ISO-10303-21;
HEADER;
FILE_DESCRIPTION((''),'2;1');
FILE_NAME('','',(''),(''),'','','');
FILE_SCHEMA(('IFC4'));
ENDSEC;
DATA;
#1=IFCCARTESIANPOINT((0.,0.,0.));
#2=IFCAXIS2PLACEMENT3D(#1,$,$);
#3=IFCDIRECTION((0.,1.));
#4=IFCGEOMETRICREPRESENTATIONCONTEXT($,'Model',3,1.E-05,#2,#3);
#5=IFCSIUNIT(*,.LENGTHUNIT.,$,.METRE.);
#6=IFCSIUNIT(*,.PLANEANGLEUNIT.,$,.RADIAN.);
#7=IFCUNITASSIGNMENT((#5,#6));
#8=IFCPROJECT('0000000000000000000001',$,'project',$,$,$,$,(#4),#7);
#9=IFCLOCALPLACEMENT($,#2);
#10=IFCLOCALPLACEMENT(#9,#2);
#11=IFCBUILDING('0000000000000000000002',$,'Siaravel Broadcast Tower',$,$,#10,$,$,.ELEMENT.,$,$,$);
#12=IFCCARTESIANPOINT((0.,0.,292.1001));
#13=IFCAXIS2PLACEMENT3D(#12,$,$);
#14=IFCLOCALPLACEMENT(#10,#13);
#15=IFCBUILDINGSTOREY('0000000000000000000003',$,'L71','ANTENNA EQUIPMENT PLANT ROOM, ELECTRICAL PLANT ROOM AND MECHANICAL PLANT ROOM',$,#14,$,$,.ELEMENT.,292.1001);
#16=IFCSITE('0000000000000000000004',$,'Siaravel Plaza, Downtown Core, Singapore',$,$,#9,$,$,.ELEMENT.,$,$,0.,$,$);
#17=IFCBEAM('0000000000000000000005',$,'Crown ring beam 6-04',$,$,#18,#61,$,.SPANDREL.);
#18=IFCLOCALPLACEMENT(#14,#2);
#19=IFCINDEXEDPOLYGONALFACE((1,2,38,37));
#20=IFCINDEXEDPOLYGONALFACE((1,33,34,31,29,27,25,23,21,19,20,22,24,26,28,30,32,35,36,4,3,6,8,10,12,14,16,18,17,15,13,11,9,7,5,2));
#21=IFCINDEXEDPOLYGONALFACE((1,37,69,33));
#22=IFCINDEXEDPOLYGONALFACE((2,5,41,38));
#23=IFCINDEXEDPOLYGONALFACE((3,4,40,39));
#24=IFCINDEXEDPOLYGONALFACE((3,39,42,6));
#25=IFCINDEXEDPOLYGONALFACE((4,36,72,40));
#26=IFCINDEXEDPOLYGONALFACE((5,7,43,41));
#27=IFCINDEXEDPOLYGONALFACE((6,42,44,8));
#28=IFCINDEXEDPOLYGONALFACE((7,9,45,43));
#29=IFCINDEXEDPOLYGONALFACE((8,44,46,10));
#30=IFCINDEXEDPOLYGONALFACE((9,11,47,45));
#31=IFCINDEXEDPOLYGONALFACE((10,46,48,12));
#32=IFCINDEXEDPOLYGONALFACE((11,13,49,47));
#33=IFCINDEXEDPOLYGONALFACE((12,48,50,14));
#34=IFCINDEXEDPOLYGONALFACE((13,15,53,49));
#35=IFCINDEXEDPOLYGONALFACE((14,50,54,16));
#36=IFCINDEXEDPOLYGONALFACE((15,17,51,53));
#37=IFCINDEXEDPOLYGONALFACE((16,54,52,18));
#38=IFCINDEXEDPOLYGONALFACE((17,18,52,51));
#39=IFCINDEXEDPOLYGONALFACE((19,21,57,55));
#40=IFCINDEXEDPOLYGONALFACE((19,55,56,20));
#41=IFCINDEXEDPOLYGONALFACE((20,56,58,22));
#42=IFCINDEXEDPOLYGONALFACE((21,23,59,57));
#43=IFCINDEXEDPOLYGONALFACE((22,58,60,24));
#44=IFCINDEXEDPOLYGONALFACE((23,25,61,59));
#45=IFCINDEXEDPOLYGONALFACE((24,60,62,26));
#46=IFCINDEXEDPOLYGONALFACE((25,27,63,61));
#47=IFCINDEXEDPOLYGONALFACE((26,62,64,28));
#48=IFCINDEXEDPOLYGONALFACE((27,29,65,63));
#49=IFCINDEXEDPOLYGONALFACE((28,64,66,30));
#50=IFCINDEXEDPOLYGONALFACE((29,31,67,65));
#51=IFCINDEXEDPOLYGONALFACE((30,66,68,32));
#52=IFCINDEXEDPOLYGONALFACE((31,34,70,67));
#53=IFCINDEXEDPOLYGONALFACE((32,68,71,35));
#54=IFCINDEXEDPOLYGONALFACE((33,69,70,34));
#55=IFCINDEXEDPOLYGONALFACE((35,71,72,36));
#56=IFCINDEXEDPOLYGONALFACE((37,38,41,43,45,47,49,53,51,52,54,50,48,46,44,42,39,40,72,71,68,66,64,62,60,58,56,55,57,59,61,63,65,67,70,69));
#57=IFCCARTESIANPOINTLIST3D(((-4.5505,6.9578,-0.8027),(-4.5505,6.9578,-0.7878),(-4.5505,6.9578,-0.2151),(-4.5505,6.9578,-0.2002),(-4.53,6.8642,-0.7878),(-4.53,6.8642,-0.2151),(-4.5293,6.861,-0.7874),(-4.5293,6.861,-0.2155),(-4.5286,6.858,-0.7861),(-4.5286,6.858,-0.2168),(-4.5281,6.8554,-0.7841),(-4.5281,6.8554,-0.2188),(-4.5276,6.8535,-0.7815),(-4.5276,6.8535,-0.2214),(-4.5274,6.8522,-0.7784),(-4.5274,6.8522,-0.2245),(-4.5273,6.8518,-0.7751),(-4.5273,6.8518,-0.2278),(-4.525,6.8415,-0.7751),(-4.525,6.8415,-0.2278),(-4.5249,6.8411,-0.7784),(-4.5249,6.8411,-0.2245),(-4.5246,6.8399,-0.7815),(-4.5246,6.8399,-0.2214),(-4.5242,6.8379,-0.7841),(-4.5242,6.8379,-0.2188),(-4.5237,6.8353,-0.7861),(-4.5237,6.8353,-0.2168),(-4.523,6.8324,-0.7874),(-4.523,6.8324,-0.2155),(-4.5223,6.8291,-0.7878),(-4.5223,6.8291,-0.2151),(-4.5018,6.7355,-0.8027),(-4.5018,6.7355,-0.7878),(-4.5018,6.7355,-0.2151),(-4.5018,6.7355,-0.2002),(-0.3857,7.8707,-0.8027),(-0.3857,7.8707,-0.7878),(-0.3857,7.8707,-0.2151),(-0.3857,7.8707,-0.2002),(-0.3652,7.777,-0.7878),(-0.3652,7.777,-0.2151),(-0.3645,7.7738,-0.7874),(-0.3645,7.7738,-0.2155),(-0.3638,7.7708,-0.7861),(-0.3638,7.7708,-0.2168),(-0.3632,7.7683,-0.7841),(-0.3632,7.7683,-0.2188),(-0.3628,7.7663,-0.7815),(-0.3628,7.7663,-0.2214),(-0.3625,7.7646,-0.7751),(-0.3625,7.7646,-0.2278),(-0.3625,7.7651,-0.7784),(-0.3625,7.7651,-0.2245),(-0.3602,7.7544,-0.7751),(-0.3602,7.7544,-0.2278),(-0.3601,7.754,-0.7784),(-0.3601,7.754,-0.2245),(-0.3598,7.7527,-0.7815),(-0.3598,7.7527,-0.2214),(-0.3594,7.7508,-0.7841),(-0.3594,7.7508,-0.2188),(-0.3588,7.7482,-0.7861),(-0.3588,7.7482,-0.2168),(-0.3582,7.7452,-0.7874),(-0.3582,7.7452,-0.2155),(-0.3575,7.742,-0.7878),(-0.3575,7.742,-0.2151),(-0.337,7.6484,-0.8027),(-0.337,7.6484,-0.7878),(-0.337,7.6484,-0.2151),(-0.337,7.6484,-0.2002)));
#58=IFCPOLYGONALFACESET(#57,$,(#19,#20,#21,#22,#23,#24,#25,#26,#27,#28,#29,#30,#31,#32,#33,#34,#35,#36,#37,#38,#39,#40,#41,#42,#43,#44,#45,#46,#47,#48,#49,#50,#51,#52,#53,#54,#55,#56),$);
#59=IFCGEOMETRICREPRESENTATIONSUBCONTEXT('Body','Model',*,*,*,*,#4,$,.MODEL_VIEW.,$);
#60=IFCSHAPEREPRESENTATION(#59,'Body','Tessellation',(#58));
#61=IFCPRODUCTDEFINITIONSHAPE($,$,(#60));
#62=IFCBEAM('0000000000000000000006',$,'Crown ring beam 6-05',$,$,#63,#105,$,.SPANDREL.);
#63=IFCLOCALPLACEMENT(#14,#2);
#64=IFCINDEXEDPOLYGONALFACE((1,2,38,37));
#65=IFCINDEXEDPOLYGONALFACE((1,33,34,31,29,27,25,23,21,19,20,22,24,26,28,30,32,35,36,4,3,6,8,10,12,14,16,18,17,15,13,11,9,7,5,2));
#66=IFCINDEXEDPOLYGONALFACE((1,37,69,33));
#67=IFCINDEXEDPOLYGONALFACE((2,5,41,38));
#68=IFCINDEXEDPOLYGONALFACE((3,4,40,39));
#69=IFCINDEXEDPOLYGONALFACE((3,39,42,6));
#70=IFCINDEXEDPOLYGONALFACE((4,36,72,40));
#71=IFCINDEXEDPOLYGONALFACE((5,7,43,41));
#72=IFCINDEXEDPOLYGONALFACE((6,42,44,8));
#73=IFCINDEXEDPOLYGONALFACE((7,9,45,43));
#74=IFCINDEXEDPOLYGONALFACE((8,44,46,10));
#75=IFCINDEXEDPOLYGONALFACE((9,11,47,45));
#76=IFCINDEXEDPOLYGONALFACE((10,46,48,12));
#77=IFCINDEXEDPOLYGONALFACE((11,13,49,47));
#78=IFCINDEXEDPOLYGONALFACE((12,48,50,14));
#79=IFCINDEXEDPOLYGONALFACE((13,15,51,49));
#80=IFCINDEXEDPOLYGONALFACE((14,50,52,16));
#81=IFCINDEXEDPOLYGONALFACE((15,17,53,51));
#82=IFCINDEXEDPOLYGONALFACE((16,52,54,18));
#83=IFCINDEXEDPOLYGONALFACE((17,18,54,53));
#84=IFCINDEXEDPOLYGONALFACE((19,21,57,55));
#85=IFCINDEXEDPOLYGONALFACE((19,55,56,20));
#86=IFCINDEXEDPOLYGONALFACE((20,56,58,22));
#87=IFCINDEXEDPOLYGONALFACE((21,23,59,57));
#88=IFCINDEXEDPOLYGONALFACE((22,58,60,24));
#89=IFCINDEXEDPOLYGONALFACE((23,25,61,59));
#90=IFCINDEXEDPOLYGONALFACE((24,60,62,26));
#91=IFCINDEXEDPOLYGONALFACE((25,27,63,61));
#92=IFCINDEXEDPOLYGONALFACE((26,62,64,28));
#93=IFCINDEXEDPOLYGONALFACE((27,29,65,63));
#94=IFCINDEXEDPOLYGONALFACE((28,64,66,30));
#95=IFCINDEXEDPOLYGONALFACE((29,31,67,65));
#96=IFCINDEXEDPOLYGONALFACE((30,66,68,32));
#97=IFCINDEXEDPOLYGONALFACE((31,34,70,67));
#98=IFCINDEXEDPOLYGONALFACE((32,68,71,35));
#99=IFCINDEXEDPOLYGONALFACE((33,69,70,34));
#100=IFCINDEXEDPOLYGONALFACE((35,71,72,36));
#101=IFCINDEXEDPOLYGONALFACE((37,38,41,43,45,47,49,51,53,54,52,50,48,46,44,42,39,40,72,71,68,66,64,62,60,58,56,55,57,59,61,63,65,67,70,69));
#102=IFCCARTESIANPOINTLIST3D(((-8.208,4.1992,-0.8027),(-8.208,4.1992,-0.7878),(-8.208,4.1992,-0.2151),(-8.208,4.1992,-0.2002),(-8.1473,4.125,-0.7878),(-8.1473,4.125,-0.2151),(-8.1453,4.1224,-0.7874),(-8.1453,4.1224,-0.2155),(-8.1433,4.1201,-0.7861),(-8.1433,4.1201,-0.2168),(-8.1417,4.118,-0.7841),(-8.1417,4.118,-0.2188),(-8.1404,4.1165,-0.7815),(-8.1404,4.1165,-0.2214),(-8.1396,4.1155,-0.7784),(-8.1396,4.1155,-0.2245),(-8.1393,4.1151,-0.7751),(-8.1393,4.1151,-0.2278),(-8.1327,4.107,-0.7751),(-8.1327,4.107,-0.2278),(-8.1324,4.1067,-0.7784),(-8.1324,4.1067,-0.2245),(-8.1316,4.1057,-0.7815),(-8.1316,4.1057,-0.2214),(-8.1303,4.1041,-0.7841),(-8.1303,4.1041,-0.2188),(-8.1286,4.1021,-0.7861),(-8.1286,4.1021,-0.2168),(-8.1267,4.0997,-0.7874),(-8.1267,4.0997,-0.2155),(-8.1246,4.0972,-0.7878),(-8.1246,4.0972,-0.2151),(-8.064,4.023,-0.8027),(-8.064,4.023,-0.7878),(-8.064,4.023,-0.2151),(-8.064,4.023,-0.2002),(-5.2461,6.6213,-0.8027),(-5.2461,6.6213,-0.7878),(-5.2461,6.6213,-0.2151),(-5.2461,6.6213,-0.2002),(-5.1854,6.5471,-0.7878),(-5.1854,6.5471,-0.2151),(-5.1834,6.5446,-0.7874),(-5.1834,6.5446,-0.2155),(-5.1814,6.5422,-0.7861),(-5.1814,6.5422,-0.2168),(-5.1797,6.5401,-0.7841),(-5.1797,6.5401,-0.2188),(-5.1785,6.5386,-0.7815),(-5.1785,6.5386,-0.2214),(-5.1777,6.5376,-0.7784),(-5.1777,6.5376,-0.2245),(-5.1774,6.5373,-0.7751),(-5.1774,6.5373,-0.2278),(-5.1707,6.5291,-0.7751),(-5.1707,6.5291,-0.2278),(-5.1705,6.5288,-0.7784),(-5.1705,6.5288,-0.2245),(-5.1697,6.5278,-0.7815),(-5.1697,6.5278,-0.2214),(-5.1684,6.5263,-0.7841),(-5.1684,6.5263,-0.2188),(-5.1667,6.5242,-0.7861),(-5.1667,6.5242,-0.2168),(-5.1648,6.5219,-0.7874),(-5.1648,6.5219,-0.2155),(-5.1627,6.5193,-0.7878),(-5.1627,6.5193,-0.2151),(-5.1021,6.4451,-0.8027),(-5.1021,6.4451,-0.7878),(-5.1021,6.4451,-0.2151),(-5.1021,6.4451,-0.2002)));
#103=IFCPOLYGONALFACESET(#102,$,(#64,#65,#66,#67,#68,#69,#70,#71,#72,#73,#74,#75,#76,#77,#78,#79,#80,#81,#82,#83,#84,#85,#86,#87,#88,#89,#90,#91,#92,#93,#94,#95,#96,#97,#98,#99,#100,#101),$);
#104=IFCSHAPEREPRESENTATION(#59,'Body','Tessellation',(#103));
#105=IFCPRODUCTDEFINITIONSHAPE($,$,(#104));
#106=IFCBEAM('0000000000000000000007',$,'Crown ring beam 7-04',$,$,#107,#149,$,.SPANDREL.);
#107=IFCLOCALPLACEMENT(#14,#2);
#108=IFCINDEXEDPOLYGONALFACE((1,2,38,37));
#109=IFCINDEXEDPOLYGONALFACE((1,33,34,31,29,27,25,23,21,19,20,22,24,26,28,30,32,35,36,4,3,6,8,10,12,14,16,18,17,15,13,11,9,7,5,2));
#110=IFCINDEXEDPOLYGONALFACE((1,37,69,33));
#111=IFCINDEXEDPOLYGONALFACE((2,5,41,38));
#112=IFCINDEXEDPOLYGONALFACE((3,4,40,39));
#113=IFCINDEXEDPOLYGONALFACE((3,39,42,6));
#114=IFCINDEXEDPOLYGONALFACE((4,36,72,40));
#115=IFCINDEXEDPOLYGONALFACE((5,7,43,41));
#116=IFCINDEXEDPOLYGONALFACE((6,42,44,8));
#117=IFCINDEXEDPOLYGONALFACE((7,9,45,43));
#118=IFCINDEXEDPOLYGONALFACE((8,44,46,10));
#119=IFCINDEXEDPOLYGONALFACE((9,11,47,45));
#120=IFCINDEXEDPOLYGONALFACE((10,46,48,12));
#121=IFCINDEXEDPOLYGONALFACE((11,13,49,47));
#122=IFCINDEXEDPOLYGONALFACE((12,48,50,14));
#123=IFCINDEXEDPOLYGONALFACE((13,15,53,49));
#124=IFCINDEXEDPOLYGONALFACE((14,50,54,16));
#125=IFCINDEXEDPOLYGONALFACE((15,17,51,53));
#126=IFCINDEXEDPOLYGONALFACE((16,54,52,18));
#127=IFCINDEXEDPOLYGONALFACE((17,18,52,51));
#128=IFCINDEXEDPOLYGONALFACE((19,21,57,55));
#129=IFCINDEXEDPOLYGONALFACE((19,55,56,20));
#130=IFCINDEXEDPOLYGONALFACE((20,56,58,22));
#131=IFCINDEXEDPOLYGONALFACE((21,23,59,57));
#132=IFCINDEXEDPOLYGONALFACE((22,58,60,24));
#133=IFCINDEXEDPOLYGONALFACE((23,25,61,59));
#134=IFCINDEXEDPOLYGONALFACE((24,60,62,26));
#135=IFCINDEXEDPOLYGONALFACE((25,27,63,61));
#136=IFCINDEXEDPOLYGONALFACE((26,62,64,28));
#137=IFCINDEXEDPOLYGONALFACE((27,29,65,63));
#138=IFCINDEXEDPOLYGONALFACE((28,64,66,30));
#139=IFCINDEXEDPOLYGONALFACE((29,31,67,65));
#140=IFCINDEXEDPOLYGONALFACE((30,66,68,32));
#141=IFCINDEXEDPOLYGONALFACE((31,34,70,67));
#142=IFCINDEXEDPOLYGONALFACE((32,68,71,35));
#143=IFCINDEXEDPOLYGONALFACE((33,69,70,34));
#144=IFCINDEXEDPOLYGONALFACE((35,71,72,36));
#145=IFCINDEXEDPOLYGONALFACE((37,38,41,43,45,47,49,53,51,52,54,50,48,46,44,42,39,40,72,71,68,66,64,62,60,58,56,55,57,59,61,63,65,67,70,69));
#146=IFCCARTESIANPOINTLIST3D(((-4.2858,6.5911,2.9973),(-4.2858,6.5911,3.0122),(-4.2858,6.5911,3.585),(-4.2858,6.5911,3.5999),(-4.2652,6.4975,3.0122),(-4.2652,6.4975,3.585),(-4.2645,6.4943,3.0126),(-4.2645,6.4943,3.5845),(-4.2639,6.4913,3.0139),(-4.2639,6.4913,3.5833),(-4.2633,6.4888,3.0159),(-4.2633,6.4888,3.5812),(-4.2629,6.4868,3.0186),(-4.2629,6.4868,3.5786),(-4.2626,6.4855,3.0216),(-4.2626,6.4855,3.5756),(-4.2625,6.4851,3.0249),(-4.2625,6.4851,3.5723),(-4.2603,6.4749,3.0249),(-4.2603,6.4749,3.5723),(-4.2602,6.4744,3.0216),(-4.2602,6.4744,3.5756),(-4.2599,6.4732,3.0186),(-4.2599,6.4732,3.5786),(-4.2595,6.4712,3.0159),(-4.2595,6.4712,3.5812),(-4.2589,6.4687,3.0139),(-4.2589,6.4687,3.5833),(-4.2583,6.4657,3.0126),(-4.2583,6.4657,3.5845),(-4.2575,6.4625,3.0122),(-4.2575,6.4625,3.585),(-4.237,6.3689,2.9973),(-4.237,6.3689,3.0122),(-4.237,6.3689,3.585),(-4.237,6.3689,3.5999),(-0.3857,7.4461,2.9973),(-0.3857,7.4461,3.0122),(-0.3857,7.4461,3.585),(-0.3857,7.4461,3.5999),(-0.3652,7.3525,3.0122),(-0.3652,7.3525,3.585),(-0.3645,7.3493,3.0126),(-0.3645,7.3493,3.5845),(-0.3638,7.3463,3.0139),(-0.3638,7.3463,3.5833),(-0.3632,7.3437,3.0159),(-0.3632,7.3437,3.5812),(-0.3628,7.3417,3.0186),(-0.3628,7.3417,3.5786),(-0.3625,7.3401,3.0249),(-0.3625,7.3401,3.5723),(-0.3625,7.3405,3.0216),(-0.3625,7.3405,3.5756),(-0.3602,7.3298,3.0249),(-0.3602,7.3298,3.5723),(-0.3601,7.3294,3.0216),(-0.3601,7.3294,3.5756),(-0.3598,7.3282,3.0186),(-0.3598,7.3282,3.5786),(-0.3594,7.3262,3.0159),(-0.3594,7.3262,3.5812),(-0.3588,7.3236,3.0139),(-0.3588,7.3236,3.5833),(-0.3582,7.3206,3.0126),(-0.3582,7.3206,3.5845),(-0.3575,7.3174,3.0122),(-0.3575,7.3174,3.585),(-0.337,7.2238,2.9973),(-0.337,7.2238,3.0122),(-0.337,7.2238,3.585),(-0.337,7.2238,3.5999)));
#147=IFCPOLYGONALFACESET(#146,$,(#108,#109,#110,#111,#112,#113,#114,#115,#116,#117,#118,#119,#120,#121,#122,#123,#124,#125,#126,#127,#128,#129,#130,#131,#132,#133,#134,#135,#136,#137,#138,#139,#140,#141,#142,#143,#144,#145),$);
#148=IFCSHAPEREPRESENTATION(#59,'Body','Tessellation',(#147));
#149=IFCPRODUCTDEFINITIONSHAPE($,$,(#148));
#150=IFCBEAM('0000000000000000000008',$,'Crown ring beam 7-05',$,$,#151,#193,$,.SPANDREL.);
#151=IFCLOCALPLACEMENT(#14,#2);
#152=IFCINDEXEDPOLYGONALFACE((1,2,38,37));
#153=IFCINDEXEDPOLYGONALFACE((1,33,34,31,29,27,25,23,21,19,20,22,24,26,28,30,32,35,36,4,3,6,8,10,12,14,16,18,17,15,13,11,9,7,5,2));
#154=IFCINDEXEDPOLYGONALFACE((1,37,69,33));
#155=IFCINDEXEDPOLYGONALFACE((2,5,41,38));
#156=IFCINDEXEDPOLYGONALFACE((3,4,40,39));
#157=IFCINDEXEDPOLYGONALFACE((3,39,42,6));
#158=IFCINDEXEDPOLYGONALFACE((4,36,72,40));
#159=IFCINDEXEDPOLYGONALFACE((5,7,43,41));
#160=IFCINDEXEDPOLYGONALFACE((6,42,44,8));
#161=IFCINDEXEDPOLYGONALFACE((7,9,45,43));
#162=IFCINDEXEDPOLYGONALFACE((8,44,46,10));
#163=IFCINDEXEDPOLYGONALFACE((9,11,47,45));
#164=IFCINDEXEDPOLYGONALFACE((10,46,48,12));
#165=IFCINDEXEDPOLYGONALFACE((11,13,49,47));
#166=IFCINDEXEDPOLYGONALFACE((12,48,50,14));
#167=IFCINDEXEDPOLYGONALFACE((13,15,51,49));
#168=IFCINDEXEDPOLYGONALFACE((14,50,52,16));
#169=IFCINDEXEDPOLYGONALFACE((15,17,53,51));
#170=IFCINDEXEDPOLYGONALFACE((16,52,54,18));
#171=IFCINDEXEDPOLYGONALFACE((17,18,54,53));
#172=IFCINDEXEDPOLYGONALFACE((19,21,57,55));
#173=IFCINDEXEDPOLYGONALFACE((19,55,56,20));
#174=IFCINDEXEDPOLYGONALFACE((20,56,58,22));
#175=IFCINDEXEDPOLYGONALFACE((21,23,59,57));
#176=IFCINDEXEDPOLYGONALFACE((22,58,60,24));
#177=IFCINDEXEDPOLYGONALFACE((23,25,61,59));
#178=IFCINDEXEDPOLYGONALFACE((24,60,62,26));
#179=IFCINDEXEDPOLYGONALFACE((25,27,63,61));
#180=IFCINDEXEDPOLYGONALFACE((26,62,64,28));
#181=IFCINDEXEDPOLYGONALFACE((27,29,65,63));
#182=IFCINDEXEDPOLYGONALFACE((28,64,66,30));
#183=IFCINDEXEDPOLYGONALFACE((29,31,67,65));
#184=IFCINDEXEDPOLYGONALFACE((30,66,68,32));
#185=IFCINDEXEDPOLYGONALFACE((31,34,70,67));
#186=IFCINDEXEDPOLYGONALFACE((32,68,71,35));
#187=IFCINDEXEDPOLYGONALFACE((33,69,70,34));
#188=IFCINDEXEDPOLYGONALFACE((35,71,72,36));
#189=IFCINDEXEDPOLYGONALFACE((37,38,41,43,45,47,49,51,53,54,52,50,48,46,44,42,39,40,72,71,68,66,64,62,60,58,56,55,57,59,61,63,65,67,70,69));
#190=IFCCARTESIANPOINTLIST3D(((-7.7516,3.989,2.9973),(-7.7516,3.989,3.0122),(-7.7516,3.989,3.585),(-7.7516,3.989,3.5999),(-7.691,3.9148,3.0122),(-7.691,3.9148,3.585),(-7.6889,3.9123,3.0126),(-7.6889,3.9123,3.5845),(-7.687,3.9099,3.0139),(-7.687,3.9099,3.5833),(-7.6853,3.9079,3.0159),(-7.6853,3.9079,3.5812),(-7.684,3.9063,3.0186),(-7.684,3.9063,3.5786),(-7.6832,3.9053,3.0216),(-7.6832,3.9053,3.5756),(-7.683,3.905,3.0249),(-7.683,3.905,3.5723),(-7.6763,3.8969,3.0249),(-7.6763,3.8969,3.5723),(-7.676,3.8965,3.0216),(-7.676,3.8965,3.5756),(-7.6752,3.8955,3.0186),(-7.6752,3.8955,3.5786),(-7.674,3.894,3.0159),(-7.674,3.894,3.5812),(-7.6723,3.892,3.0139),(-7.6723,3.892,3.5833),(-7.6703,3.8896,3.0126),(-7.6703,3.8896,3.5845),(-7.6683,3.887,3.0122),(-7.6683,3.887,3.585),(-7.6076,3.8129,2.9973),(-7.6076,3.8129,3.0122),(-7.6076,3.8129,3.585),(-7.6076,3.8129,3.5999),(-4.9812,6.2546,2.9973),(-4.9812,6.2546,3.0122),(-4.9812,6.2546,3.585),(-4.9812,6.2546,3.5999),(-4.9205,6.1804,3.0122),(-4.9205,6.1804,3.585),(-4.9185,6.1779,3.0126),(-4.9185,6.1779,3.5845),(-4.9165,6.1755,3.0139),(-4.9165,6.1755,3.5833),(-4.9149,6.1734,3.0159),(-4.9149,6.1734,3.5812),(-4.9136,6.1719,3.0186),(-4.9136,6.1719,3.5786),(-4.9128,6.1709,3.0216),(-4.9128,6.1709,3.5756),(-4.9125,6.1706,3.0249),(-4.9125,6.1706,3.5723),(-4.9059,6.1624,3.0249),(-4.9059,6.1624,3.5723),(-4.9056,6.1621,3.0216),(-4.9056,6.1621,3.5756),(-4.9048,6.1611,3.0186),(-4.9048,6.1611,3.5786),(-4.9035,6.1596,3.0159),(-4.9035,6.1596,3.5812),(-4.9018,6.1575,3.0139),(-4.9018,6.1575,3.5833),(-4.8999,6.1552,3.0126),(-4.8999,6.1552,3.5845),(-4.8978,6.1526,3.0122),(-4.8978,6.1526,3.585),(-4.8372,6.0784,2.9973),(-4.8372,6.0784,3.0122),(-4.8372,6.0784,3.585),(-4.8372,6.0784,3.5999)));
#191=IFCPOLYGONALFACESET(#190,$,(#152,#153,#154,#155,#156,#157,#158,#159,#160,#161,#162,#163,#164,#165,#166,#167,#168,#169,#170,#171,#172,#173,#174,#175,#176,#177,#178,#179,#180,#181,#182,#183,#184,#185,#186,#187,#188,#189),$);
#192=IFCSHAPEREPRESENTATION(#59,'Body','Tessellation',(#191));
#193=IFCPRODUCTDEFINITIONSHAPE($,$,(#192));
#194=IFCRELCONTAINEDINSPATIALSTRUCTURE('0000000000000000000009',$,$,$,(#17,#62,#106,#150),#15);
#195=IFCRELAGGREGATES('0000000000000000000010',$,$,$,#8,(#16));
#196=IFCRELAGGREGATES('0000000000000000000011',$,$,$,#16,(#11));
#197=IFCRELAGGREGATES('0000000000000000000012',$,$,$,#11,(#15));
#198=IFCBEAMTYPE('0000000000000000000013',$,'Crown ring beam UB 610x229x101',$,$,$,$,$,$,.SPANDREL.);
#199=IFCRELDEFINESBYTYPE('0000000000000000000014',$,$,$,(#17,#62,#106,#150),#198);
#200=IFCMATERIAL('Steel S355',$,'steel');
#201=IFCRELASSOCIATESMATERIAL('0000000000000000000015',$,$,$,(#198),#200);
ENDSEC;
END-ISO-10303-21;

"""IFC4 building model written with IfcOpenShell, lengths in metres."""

from ifc_helpers import new_model, si_unit, direction, frame, origin, origin_2d, place, context, subcontext, project, spatial, i_section, extrude, material, material_profile, profile_set, type_object, element, save


model = new_model("IFC4")

# Units and contexts
model_context = context("Model", 3, precision=1e-05, world=origin(), true_north=direction((0.0, 1.0)))
body_context = subcontext(model_context, "Body", "Model", "MODEL_VIEW")
ifc_project = project(units=[si_unit("LENGTHUNIT", "METRE"), si_unit("PLANEANGLEUNIT", "RADIAN")], contexts=[model_context])

# Site, building, storey
site_placement = place(None, origin())
site = spatial("IfcSite", under=ifc_project, at=site_placement, Name="Siaravel Plaza, Downtown Core, Singapore", CompositionType="ELEMENT", RefElevation=0.0)
building_placement = place(site_placement, origin())
building = spatial("IfcBuilding", under=site, at=building_placement, Name="Siaravel Broadcast Tower", CompositionType="ELEMENT")
storey_placement = place(building_placement, frame((0.0, 0.0, 292.1001)))
storey = spatial("IfcBuildingStorey", under=building, at=storey_placement, Name="L71", Description="ANTENNA EQUIPMENT PLANT ROOM, ELECTRICAL PLANT ROOM AND MECHANICAL PLANT ROOM", CompositionType="ELEMENT", Elevation=292.1001)

# Beams
ifc_material_1 = material(Name="Steel S355", Category="steel")
ifc_material_profile_1 = material_profile(ifc_material_1, i_section(OverallWidth=0.2275, OverallDepth=0.6025, WebThickness=0.0105, FlangeThickness=0.0149, FilletRadius=0.0127, at=origin_2d()))
ifc_profile_set_1 = profile_set([ifc_material_profile_1], Name="Steel S355")
beam_type_1 = type_object("IfcBeamType", Name="Crown ring beam UB 610x229x101", PredefinedType="SPANDREL", material=ifc_profile_set_1)
beam_1_placement = place(storey_placement, frame((-0.3613, 7.7595, -0.5015), z_axis=(-0.976812, -0.214098, 0.0), x_axis=(0.214098, -0.976812, 0.0)))
element("IfcBeam", 1, at=beam_1_placement, inside=storey, type_object=beam_type_1, Name="Crown ring beam 6-04", PredefinedType="SPANDREL", context=body_context, shape_type="SweptSolid", body=[
    extrude(i_section(OverallWidth=0.2275, OverallDepth=0.6025, WebThickness=0.0105, FlangeThickness=0.0149, FilletRadius=0.0127, at=origin_2d()), origin(), (0.0, 0.0, 1.0), 4.2637),
])
beam_2_placement = place(storey_placement, frame((-5.1741, 6.5332, -0.5015), z_axis=(-0.774119, -0.63304, 0.0), x_axis=(0.63304, -0.774119, 0.0)))
element("IfcBeam", 2, at=beam_2_placement, inside=storey, type_object=beam_type_1, Name="Crown ring beam 6-05", PredefinedType="SPANDREL", context=body_context, shape_type="SweptSolid", body=[
    extrude(i_section(OverallWidth=0.2275, OverallDepth=0.6025, WebThickness=0.0105, FlangeThickness=0.0149, FilletRadius=0.0127, at=origin_2d()), origin(), (0.0, 0.0, 1.0), 3.8262),
])
beam_3_placement = place(storey_placement, frame((-0.3613, 7.335, 3.2986), z_axis=(-0.976805, -0.214133, 0.0), x_axis=(0.214133, -0.976805, 0.0)))
element("IfcBeam", 3, at=beam_3_placement, inside=storey, type_object=beam_type_1, Name="Crown ring beam 7-04", PredefinedType="SPANDREL", context=body_context, shape_type="SweptSolid", body=[
    extrude(i_section(OverallWidth=0.2275, OverallDepth=0.6025, WebThickness=0.0105, FlangeThickness=0.0149, FilletRadius=0.0127, at=origin_2d()), origin(), (0.0, 0.0, 1.0), 3.9927),
])
beam_4_placement = place(storey_placement, frame((-4.9092, 6.1665, 3.2986), z_axis=(-0.774115, -0.633045, 0.0), x_axis=(0.633045, -0.774115, 0.0)))
element("IfcBeam", 4, at=beam_4_placement, inside=storey, type_object=beam_type_1, Name="Crown ring beam 7-05", PredefinedType="SPANDREL", context=body_context, shape_type="SweptSolid", body=[
    extrude(i_section(OverallWidth=0.2275, OverallDepth=0.6025, WebThickness=0.0105, FlangeThickness=0.0149, FilletRadius=0.0127, at=origin_2d()), origin(), (0.0, 0.0, 1.0), 3.5789),
])

save(model, "model.ifc")
